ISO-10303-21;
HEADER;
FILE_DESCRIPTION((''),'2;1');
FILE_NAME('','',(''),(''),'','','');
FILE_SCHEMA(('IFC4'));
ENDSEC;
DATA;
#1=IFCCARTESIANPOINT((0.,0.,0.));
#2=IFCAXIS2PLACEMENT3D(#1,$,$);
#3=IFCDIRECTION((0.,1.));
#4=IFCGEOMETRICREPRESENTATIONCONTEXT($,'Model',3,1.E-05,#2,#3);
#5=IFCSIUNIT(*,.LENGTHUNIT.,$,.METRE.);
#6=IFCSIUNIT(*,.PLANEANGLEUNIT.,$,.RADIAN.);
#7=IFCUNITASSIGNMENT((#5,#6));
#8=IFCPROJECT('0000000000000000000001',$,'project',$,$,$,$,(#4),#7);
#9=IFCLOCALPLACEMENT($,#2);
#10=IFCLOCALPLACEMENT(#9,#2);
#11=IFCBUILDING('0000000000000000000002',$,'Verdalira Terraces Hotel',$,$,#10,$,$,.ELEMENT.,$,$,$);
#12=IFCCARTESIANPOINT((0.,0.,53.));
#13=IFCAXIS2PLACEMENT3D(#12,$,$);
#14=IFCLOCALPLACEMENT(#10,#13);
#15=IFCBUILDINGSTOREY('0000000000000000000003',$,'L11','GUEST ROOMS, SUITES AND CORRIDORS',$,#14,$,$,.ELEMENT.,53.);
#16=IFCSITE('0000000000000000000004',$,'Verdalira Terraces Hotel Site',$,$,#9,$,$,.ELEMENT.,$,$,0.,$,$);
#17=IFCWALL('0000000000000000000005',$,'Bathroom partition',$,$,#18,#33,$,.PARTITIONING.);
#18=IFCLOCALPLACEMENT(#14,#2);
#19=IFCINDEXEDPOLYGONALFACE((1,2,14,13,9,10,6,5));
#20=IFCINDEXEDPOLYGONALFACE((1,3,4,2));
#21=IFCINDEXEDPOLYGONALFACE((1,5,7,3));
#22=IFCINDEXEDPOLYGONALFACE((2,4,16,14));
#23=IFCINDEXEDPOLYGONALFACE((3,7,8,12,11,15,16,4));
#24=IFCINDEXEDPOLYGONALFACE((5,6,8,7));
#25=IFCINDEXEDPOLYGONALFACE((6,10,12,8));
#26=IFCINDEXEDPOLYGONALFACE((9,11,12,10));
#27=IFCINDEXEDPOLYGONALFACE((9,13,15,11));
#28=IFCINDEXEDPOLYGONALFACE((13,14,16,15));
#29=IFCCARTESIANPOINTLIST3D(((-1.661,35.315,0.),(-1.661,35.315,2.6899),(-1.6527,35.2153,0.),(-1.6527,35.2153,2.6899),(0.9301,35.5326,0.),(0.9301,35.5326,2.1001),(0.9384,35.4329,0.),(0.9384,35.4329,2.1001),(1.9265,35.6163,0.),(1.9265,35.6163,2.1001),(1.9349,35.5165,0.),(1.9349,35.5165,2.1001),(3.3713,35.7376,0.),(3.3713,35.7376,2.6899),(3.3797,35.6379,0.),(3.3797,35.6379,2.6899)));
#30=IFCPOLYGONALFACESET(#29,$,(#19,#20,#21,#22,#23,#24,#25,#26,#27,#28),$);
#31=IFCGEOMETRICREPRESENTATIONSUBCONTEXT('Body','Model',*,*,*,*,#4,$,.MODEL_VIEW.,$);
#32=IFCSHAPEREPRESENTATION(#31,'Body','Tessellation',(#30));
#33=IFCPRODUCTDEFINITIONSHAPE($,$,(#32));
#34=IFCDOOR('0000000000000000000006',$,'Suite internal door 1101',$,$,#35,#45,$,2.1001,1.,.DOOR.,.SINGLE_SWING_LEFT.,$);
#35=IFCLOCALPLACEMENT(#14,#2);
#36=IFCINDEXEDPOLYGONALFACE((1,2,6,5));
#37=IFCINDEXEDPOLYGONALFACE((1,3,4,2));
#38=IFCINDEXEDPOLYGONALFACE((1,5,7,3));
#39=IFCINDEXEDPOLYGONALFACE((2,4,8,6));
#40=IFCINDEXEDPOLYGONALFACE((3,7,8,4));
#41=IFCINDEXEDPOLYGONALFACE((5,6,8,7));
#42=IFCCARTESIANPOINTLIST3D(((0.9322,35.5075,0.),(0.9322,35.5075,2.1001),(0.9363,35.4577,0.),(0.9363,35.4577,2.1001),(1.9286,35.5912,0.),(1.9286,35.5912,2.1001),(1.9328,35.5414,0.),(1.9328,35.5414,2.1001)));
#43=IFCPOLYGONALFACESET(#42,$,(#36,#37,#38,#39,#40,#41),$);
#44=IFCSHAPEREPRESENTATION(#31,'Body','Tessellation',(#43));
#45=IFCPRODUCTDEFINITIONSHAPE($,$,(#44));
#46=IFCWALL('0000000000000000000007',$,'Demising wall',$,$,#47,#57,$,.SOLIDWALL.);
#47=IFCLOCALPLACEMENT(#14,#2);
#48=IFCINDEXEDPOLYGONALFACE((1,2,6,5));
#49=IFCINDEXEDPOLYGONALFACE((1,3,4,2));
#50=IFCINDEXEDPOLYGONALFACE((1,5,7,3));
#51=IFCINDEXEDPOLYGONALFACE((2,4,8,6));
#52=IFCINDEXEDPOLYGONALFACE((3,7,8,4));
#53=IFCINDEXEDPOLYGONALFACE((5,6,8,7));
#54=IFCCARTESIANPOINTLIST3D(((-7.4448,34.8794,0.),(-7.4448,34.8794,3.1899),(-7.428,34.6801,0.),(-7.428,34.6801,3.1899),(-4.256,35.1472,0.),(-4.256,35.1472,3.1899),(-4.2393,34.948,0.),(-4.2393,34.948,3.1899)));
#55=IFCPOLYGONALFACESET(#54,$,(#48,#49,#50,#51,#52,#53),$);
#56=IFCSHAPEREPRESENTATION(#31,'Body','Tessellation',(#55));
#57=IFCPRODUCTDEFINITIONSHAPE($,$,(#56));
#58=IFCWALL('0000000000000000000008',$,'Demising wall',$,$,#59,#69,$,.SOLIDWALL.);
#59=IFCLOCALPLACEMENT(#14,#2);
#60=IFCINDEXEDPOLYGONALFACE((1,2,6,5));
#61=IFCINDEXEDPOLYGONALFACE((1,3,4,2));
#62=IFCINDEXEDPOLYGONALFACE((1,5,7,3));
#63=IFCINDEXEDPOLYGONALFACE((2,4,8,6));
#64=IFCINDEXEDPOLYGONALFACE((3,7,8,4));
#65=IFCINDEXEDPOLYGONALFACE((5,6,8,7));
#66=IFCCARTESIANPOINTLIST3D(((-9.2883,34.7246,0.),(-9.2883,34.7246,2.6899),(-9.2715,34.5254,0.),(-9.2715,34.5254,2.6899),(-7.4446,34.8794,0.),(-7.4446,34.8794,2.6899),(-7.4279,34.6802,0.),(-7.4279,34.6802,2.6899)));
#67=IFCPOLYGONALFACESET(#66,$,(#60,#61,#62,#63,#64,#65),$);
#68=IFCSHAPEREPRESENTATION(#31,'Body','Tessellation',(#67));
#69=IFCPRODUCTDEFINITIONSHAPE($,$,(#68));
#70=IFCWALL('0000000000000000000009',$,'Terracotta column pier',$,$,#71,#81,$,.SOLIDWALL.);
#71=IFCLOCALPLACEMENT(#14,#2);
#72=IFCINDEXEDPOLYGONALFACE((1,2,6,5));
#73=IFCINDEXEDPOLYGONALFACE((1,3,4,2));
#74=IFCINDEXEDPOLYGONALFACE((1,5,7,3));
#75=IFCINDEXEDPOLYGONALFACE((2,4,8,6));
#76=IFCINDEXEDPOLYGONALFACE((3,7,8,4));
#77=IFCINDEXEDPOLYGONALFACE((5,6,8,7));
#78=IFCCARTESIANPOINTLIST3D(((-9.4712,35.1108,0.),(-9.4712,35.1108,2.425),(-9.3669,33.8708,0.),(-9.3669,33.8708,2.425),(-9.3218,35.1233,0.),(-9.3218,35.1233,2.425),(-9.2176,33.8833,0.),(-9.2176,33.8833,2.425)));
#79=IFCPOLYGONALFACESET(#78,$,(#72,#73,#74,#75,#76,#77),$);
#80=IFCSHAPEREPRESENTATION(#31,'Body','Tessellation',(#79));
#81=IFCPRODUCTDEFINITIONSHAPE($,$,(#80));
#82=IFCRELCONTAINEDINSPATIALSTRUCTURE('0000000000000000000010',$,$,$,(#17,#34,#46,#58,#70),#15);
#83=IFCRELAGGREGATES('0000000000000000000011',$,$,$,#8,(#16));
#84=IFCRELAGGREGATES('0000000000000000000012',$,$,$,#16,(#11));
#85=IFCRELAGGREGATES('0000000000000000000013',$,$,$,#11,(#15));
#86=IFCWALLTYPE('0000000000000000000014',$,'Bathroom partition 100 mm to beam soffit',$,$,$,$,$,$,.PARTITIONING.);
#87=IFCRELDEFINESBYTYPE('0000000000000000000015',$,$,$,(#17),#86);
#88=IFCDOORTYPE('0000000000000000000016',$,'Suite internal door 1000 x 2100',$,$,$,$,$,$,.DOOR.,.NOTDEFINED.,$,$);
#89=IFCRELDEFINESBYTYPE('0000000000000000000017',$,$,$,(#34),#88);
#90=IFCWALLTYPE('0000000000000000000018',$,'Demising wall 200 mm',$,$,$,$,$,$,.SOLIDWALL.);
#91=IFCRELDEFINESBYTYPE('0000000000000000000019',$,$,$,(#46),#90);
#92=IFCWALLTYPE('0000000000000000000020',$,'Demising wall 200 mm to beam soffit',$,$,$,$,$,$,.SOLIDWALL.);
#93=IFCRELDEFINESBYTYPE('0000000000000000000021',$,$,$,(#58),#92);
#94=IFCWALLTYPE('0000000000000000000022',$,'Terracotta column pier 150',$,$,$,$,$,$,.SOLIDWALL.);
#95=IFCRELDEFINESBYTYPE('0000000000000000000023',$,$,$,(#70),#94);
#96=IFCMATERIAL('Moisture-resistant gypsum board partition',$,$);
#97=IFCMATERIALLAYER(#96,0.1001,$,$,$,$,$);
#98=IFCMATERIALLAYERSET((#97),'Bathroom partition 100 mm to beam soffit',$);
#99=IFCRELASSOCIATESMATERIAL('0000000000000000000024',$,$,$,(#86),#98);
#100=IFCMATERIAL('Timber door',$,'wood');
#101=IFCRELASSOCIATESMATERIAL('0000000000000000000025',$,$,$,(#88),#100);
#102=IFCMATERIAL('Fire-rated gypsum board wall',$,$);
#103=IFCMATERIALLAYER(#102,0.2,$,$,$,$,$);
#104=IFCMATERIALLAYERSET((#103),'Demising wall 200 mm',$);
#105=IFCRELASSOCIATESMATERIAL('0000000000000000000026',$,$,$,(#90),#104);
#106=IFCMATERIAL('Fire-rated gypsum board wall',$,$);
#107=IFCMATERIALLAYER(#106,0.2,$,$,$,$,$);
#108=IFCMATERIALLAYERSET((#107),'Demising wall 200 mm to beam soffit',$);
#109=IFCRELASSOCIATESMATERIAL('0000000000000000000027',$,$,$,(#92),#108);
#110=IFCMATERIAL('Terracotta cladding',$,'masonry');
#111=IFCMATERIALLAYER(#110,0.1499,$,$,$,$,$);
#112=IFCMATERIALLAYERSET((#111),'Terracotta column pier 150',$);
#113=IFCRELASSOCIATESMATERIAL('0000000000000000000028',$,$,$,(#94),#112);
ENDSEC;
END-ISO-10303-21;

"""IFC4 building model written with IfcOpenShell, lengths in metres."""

from ifc_helpers import new_model, si_unit, direction, frame, frame_2d, origin, place, context, subcontext, project, spatial, rectangle, extrude, material, layer, layer_set, type_object, element, fill, save


model = new_model("IFC4")

# Units and contexts
model_context = context("Model", 3, precision=1e-05, world=origin(), true_north=direction((0.0, 1.0)))
body_context = subcontext(model_context, "Body", "Model", "MODEL_VIEW")
ifc_project = project(units=[si_unit("LENGTHUNIT", "METRE"), si_unit("PLANEANGLEUNIT", "RADIAN")], contexts=[model_context])

# Site, building, storey
site_placement = place(None, origin())
site = spatial("IfcSite", under=ifc_project, at=site_placement, Name="Verdalira Terraces Hotel Site", CompositionType="ELEMENT", RefElevation=0.0)
building_placement = place(site_placement, origin())
building = spatial("IfcBuilding", under=site, at=building_placement, Name="Verdalira Terraces Hotel", CompositionType="ELEMENT")
storey_placement = place(building_placement, frame((0.0, 0.0, 53.0)))
storey = spatial("IfcBuildingStorey", under=building, at=storey_placement, Name="L11", Description="GUEST ROOMS, SUITES AND CORRIDORS", CompositionType="ELEMENT", Elevation=53.0)

# Wall, opening, door
ifc_material_1 = material(Name="Moisture-resistant gypsum board partition")
ifc_layer_1 = layer(ifc_material_1, 0.1001)
ifc_layer_set_1 = layer_set([ifc_layer_1], Name="Bathroom partition 100 mm to beam soffit")
wall_type_1 = type_object("IfcWallType", Name="Bathroom partition 100 mm to beam soffit", PredefinedType="PARTITIONING", material=ifc_layer_set_1)
ifc_material_2 = material(Name="Timber door", Category="wood")
door_type_1 = type_object("IfcDoorType", Name="Suite internal door 1000 x 2100", OperationType="NOTDEFINED", PredefinedType="DOOR", material=ifc_material_2)
wall_1_placement = place(storey_placement, frame((-1.6567, 35.2651, 0.0), z_axis=(0.0, 0.0, 1.0), x_axis=(0.996492, 0.083686, 0.0)))
wall_1 = element("IfcWall", 1, at=wall_1_placement, inside=storey, type_object=wall_type_1, Name="Bathroom partition", PredefinedType="PARTITIONING", context=body_context, shape_type="SweptSolid", body=[
    extrude(rectangle(XDim=5.05, YDim=0.1001, at=frame_2d((2.5249, 0.0))), origin(), (0.0, 0.0, 1.0), 2.6899),
])
opening_1_placement = place(wall_1_placement, frame((2.6001, 0.0, 0.0)))
opening_1 = element("IfcOpeningElement", 2, at=opening_1_placement, cuts=wall_1, PredefinedType="OPENING", context=body_context, shape_type="SweptSolid", body=[
    extrude(rectangle(XDim=1.0, YDim=2.1001, at=frame_2d((0.5, 1.05))), frame((0.0, 0.0601, 0.0), z_axis=(0.0, -1.0, 0.0), x_axis=(1.0, 0.0, 0.0)), (0.0, 0.0, 1.0), 0.1201),
])
door_1_placement = place(opening_1_placement, origin())
door_1 = element("IfcDoor", 3, at=door_1_placement, inside=storey, type_object=door_type_1, Name="Suite internal door 1101", OperationType="SINGLE_SWING_LEFT", OverallHeight=2.1001, OverallWidth=1.0, PredefinedType="DOOR", context=body_context, shape_type="SweptSolid", body=[
    extrude(rectangle(XDim=1.0, YDim=2.1001, at=frame_2d((0.5, 1.05))), frame((0.0, 0.0249, 0.0), z_axis=(0.0, -1.0, 0.0), x_axis=(1.0, 0.0, 0.0)), (0.0, 0.0, 1.0), 0.05),
])
fill(opening_1, door_1)

# Walls
ifc_material_3 = material(Name="Fire-rated gypsum board wall")
ifc_layer_2 = layer(ifc_material_3, 0.2)
ifc_layer_set_2 = layer_set([ifc_layer_2], Name="Demising wall 200 mm")
wall_type_2 = type_object("IfcWallType", Name="Demising wall 200 mm", PredefinedType="SOLIDWALL", material=ifc_layer_set_2)
wall_2_placement = place(storey_placement, frame((-4.2476, 35.0476, 0.0), z_axis=(0.0, 0.0, 1.0), x_axis=(-0.996491, -0.083696, 0.0)))
element("IfcWall", 4, at=wall_2_placement, inside=storey, type_object=wall_type_2, Name="Demising wall", PredefinedType="SOLIDWALL", context=body_context, shape_type="SweptSolid", body=[
    extrude(rectangle(XDim=3.2, YDim=0.2, at=frame_2d((1.6001, 0.0))), origin(), (0.0, 0.0, 1.0), 3.1899),
])
ifc_material_4 = material(Name="Fire-rated gypsum board wall")
ifc_layer_3 = layer(ifc_material_4, 0.2)
ifc_layer_set_3 = layer_set([ifc_layer_3], Name="Demising wall 200 mm to beam soffit")
wall_type_3 = type_object("IfcWallType", Name="Demising wall 200 mm to beam soffit", PredefinedType="SOLIDWALL", material=ifc_layer_set_3)
wall_3_placement = place(storey_placement, frame((-7.4363, 34.7798, 0.0), z_axis=(0.0, 0.0, 1.0), x_axis=(-0.996494, -0.083668, 0.0)))
element("IfcWall", 5, at=wall_3_placement, inside=storey, type_object=wall_type_3, Name="Demising wall", PredefinedType="SOLIDWALL", context=body_context, shape_type="SweptSolid", body=[
    extrude(rectangle(XDim=1.8501, YDim=0.2, at=frame_2d((0.925, 0.0))), origin(), (0.0, 0.0, 1.0), 2.6899),
])
ifc_material_5 = material(Name="Terracotta cladding", Category="masonry")
ifc_layer_4 = layer(ifc_material_5, 0.1499)
ifc_layer_set_4 = layer_set([ifc_layer_4], Name="Terracotta column pier 150")
wall_type_4 = type_object("IfcWallType", Name="Terracotta column pier 150", PredefinedType="SOLIDWALL", material=ifc_layer_set_4)
wall_4_placement = place(storey_placement, frame((-9.3965, 35.1169, 0.0), z_axis=(0.0, 0.0, 1.0), x_axis=(0.083776, -0.996485, 0.0)))
element("IfcWall", 6, at=wall_4_placement, inside=storey, type_object=wall_type_4, Name="Terracotta column pier", PredefinedType="SOLIDWALL", context=body_context, shape_type="SweptSolid", body=[
    extrude(rectangle(XDim=1.2444, YDim=0.1499, at=frame_2d((0.6221, 0.0))), origin(), (0.0, 0.0, 1.0), 2.425),
])

save(model, "model.ifc")
